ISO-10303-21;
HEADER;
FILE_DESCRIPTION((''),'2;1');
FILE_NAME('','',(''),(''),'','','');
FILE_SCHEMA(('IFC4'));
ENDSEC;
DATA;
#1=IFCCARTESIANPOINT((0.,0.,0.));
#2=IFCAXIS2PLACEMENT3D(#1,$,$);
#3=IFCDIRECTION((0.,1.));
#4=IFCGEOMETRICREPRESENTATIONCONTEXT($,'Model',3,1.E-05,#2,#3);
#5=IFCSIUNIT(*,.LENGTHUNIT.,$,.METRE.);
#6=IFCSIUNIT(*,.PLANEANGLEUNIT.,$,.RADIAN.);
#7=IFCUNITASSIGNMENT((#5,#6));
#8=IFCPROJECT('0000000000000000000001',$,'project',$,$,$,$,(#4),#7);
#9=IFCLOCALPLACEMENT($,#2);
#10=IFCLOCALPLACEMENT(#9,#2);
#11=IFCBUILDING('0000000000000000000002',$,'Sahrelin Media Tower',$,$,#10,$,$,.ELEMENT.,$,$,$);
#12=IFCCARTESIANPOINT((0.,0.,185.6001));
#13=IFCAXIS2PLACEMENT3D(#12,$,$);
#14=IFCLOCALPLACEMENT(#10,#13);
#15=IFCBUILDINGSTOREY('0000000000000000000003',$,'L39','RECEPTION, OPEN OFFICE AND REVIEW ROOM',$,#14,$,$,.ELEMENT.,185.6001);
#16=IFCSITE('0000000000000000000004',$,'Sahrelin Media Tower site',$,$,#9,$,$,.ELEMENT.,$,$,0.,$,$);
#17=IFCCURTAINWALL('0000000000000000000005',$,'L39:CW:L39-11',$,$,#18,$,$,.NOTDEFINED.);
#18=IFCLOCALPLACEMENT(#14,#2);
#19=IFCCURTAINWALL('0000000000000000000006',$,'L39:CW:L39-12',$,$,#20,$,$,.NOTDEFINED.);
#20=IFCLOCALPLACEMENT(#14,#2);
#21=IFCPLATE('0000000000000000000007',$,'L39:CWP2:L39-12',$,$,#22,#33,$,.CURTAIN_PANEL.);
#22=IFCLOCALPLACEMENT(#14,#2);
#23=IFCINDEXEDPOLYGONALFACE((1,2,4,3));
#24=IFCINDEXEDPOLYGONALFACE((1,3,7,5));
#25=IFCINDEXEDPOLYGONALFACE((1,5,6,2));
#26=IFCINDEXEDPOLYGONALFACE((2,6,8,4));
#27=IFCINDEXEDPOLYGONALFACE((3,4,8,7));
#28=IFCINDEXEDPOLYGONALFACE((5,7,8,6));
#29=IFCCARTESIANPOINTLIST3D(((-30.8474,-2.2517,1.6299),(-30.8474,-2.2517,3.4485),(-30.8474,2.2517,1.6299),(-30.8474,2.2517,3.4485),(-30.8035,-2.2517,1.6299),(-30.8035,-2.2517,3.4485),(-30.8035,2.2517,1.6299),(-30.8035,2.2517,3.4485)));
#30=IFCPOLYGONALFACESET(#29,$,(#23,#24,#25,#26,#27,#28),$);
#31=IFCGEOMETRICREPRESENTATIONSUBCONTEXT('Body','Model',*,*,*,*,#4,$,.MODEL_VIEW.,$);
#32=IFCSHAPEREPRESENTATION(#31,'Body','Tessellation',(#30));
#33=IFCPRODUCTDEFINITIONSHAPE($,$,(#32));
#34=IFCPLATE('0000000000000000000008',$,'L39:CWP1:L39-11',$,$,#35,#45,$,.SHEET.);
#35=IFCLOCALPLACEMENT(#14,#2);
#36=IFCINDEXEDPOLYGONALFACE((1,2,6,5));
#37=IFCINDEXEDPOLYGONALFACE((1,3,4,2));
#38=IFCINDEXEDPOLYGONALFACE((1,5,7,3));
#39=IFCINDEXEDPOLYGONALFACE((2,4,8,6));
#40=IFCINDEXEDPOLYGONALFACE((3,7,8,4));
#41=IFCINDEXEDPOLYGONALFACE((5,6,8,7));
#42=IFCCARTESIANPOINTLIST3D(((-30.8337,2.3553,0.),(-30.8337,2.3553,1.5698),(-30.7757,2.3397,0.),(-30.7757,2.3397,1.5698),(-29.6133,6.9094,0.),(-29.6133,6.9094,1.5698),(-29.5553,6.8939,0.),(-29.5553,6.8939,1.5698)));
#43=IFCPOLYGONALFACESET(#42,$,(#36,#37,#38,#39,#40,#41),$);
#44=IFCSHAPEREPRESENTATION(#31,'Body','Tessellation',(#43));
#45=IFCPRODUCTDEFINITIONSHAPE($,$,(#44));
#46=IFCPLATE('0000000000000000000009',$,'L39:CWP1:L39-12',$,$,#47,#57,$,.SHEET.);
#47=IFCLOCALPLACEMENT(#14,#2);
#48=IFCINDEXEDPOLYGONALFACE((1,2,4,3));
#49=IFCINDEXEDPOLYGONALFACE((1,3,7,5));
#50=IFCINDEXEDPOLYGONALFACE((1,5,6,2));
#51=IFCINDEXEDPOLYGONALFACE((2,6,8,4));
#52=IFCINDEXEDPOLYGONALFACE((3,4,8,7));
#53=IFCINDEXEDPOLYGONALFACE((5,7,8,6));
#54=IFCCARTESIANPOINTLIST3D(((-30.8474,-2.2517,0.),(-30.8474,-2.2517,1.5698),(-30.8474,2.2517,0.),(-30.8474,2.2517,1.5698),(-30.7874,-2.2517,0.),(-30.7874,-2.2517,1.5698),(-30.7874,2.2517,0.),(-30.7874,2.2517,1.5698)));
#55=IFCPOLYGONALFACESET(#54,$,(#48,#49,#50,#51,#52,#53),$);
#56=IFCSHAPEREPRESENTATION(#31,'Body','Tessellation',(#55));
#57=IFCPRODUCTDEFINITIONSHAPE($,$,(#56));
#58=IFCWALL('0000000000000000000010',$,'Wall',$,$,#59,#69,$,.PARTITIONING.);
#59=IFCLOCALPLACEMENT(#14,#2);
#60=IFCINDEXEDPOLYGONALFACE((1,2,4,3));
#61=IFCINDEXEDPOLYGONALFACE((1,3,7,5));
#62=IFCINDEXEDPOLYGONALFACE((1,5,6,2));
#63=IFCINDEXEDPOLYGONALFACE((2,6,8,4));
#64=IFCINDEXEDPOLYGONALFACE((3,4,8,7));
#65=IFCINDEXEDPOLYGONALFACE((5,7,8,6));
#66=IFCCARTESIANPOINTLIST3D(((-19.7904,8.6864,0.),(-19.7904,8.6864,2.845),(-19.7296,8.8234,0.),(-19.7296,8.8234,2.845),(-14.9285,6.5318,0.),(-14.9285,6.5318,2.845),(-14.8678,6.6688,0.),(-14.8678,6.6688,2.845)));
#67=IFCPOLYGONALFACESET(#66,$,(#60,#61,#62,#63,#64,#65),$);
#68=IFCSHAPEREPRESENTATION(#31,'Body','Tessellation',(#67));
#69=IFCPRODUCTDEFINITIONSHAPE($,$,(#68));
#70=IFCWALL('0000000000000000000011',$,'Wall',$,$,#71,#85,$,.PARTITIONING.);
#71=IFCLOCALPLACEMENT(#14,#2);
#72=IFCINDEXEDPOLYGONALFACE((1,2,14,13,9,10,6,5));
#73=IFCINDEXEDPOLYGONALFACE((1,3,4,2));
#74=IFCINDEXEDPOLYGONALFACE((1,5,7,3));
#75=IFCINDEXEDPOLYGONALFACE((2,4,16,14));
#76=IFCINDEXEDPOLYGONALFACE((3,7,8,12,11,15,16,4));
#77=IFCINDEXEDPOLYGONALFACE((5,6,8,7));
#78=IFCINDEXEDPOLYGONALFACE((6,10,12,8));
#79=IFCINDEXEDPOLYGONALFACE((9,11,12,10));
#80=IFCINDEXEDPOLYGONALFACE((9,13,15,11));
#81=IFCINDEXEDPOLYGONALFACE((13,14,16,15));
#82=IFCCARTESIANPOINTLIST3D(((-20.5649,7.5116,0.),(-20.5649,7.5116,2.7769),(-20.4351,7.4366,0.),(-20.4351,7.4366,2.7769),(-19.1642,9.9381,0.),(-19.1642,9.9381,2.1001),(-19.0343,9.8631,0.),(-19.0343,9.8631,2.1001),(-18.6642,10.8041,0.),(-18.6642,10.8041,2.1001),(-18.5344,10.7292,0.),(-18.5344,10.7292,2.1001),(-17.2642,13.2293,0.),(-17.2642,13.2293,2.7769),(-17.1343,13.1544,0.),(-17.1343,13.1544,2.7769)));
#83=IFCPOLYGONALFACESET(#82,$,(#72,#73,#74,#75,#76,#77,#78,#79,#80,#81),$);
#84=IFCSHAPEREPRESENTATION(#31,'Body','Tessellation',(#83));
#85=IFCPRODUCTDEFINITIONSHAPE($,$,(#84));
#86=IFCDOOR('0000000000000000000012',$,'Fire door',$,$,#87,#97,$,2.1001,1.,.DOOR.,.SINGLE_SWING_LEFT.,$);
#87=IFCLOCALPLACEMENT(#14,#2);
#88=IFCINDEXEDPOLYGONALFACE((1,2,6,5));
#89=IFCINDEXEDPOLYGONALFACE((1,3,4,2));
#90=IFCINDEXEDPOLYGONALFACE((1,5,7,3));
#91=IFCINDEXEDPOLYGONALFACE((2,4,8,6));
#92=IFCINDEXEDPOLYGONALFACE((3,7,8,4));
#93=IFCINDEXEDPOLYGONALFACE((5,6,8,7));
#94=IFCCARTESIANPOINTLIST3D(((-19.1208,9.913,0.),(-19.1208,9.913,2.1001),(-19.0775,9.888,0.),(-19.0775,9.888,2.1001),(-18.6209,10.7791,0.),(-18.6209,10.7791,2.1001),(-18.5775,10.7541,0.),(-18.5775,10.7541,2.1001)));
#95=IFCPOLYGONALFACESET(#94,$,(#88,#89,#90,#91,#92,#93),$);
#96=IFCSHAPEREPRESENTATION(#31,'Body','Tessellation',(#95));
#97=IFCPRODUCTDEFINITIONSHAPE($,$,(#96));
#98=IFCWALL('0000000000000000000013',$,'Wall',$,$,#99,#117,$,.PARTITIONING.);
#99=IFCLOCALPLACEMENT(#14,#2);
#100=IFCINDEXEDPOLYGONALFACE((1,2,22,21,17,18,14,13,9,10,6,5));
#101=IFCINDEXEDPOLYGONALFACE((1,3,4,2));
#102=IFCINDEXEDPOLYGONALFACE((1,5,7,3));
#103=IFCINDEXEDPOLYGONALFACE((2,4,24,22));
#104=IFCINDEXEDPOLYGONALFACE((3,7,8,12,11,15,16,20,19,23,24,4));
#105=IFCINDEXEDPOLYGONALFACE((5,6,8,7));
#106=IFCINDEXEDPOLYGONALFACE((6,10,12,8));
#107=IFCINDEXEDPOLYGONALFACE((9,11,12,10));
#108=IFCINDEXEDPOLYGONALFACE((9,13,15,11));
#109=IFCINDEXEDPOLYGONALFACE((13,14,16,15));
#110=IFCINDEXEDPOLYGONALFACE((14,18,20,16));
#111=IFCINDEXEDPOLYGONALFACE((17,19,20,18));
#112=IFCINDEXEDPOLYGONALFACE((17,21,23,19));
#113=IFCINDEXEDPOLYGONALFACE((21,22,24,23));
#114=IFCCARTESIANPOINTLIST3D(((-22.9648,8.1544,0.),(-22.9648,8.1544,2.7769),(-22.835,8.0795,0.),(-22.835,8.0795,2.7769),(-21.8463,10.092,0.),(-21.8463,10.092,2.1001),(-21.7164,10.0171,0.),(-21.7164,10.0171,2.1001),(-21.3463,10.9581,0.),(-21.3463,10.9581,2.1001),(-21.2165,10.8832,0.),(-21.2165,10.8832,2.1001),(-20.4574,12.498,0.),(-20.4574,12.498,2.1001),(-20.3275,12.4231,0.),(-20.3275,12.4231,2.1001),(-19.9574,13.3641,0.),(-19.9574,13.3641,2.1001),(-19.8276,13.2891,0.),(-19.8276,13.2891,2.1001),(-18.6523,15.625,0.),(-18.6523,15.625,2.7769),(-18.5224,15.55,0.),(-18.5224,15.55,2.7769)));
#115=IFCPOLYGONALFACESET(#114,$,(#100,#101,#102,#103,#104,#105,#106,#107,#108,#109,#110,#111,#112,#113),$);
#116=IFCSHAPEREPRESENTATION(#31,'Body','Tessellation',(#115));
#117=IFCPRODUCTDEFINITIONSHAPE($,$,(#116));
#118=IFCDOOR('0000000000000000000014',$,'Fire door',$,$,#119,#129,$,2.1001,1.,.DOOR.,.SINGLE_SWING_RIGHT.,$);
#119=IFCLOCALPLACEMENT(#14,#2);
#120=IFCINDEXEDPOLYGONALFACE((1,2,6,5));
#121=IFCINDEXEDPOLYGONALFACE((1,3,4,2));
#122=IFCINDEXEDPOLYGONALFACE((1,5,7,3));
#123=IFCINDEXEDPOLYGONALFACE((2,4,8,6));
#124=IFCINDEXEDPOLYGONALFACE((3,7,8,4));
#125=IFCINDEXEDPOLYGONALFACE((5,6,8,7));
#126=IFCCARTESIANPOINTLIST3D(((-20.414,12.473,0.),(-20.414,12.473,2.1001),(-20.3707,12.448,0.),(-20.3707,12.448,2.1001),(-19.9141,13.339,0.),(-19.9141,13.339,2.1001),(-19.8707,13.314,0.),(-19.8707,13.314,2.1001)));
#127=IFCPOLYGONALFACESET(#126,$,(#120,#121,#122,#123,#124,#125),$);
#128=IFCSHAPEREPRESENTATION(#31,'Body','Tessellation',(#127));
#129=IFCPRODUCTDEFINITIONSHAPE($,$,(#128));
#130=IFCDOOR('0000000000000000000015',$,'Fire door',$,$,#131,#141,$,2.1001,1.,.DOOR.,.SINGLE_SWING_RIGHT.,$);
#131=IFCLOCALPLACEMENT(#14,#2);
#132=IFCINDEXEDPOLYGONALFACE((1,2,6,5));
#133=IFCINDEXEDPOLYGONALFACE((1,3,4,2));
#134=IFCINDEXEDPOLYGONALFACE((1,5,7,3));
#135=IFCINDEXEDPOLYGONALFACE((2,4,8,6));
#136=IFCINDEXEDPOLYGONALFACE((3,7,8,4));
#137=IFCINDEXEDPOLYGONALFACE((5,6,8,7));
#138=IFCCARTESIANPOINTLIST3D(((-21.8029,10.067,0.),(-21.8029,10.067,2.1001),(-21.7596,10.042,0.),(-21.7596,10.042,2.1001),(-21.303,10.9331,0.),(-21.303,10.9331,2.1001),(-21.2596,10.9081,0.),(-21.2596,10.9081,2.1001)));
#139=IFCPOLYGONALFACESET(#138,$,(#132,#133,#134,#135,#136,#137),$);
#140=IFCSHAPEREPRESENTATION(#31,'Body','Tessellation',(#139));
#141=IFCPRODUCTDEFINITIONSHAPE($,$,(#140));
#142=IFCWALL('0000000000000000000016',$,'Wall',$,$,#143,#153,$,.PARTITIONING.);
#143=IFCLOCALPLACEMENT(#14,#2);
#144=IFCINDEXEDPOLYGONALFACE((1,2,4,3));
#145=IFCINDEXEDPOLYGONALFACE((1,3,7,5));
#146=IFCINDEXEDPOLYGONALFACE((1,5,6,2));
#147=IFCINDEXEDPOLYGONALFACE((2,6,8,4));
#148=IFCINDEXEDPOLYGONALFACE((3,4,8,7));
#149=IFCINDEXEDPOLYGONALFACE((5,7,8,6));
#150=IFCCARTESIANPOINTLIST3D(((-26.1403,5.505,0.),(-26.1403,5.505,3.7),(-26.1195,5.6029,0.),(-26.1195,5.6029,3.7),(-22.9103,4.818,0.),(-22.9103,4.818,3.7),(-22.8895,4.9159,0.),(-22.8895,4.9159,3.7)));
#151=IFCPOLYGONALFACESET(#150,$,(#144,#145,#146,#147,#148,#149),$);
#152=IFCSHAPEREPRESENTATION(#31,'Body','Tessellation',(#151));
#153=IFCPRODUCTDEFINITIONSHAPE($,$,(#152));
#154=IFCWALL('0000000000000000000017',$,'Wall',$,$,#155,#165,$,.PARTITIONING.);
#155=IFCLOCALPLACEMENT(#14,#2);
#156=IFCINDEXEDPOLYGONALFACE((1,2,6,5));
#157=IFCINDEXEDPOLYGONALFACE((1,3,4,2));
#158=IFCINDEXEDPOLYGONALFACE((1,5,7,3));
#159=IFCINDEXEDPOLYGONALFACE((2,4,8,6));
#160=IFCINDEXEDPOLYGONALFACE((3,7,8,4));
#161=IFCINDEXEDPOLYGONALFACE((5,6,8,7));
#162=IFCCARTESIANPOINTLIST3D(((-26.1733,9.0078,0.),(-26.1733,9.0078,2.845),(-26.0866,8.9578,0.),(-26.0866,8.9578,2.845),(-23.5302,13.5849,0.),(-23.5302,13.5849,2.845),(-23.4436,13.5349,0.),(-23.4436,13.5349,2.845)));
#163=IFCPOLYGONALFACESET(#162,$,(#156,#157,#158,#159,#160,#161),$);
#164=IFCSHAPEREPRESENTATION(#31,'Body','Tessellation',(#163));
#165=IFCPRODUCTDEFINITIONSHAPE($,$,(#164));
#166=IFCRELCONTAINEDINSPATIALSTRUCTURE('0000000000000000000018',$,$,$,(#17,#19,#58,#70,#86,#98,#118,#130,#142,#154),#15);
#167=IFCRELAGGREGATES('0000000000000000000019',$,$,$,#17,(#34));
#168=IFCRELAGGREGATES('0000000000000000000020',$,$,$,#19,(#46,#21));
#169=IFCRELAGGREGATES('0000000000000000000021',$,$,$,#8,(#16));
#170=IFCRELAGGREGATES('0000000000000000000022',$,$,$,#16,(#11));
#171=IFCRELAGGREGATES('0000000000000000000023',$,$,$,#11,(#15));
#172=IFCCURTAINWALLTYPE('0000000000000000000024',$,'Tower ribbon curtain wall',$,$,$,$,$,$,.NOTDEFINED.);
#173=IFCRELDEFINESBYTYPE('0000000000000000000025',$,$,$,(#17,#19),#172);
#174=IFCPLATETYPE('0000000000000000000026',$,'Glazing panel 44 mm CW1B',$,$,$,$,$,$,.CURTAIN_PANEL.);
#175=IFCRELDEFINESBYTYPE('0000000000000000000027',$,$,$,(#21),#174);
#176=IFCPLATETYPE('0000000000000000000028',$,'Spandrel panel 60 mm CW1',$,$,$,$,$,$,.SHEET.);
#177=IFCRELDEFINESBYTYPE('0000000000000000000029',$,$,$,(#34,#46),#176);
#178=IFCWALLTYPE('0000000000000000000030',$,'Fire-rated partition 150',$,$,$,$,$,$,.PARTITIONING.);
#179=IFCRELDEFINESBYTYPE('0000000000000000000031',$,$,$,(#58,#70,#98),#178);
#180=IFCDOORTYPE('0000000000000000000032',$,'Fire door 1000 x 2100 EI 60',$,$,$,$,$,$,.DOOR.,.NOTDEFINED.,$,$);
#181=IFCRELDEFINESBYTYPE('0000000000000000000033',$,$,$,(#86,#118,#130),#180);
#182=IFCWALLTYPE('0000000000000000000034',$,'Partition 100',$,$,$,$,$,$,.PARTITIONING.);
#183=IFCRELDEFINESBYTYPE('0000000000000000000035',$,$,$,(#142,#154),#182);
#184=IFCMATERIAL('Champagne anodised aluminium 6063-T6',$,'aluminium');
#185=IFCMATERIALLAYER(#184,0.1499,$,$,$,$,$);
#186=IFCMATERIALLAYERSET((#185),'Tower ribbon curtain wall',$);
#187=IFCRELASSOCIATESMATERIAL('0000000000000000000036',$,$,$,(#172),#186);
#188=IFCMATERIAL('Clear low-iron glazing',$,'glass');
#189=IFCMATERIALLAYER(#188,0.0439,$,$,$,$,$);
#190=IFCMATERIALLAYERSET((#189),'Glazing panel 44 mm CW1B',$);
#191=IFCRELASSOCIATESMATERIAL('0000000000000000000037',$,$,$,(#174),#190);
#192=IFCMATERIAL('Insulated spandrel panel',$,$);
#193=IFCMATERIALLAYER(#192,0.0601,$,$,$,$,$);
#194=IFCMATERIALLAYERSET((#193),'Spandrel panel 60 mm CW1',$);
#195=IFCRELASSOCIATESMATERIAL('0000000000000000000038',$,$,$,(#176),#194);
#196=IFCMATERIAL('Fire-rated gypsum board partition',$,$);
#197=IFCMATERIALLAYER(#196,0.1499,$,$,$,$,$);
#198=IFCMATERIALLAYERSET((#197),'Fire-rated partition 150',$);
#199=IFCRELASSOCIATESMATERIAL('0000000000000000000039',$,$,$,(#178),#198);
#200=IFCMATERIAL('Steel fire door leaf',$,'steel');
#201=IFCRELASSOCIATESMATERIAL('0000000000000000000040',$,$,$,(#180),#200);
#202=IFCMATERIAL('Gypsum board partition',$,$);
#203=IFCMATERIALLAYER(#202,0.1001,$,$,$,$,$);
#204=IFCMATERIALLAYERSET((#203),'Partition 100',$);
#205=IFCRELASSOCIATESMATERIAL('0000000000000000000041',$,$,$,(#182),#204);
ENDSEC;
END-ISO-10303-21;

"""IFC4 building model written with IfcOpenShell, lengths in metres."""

from ifc_helpers import new_model, si_unit, direction, frame, frame_2d, origin, place, context, subcontext, project, spatial, polyline, rectangle, outline, extrude, material, layer, layer_set, type_object, element, fill, aggregate, save


model = new_model("IFC4")

# Units and contexts
model_context = context("Model", 3, precision=1e-05, world=origin(), true_north=direction((0.0, 1.0)))
body_context = subcontext(model_context, "Body", "Model", "MODEL_VIEW")
ifc_project = project(units=[si_unit("LENGTHUNIT", "METRE"), si_unit("PLANEANGLEUNIT", "RADIAN")], contexts=[model_context])

# Site, building, storey
site_placement = place(None, origin())
site = spatial("IfcSite", under=ifc_project, at=site_placement, Name="Sahrelin Media Tower site", CompositionType="ELEMENT", RefElevation=0.0)
building_placement = place(site_placement, origin())
building = spatial("IfcBuilding", under=site, at=building_placement, Name="Sahrelin Media Tower", CompositionType="ELEMENT")
storey_placement = place(building_placement, frame((0.0, 0.0, 185.6001)))
storey = spatial("IfcBuildingStorey", under=building, at=storey_placement, Name="L39", Description="RECEPTION, OPEN OFFICE AND REVIEW ROOM", CompositionType="ELEMENT", Elevation=185.6001)

# Curtain wall
ifc_material_1 = material(Name="Champagne anodised aluminium 6063-T6", Category="aluminium")
ifc_layer_1 = layer(ifc_material_1, 0.1499)
ifc_layer_set_1 = layer_set([ifc_layer_1], Name="Tower ribbon curtain wall")
curtain_wall_type = type_object("IfcCurtainWallType", Name="Tower ribbon curtain wall", PredefinedType="NOTDEFINED", material=ifc_layer_set_1)
curtain_wall_1_placement = place(storey_placement, frame((-30.2041, 4.6272, 0.0), z_axis=(0.0, 0.0, 1.0), x_axis=(1.0, 0.0, 0.0)))
curtain_wall_1 = element("IfcCurtainWall", 1, at=curtain_wall_1_placement, inside=storey, type_object=curtain_wall_type, Name="L39:CW:L39-11", PredefinedType="NOTDEFINED")

# Curtain wall
curtain_wall_2_placement = place(storey_placement, frame((-30.8274, 0.0, 0.0), z_axis=(0.0, 0.0, 1.0), x_axis=(1.0, 0.0, 0.0)))
curtain_wall_2 = element("IfcCurtainWall", 2, at=curtain_wall_2_placement, inside=storey, type_object=curtain_wall_type, Name="L39:CW:L39-12", PredefinedType="NOTDEFINED")

# Plates
ifc_material_2 = material(Name="Clear low-iron glazing", Category="glass")
ifc_layer_2 = layer(ifc_material_2, 0.0439)
ifc_layer_set_2 = layer_set([ifc_layer_2], Name="Glazing panel 44 mm CW1B")
plate_type_1 = type_object("IfcPlateType", Name="Glazing panel 44 mm CW1B", PredefinedType="CURTAIN_PANEL", material=ifc_layer_set_2)
plate_1_placement = place(storey_placement, frame((-30.8474, 2.2517, 1.6299), z_axis=(-1.0, 0.0, 0.0), x_axis=(0.0, -1.0, 0.0)))
plate_1 = element("IfcPlate", 3, at=plate_1_placement, type_object=plate_type_1, Name="L39:CWP2:L39-12", PredefinedType="CURTAIN_PANEL", context=body_context, shape_type="SweptSolid", body=[
    extrude(outline(polyline([(0.0, 0.0), (4.5034, 0.0), (4.5034, 1.8186), (0.0, 1.8186), (0.0, 0.0)])), origin(), (0.0, 0.0, -1.0), 0.0439),
])
ifc_material_3 = material(Name="Insulated spandrel panel")
ifc_layer_3 = layer(ifc_material_3, 0.0601)
ifc_layer_set_3 = layer_set([ifc_layer_3], Name="Spandrel panel 60 mm CW1")
plate_type_2 = type_object("IfcPlateType", Name="Spandrel panel 60 mm CW1", PredefinedType="SHEET", material=ifc_layer_set_3)
plate_2_placement = place(storey_placement, frame((-29.6133, 6.9094, 0.0), z_axis=(-0.965917, 0.258852, 0.0), x_axis=(-0.258852, -0.965917, 0.0)))
plate_2 = element("IfcPlate", 4, at=plate_2_placement, type_object=plate_type_2, Name="L39:CWP1:L39-11", PredefinedType="SHEET", context=body_context, shape_type="SweptSolid", body=[
    extrude(outline(polyline([(0.0, 0.0), (4.7148, 0.0), (4.7148, 1.5698), (0.0, 1.5698), (0.0, 0.0)])), origin(), (0.0, 0.0, -1.0), 0.0601),
])
aggregate(curtain_wall_1, [plate_2])
plate_3_placement = place(storey_placement, frame((-30.8474, 2.2517, 0.0), z_axis=(-1.0, 0.0, 0.0), x_axis=(0.0, -1.0, 0.0)))
plate_3 = element("IfcPlate", 5, at=plate_3_placement, type_object=plate_type_2, Name="L39:CWP1:L39-12", PredefinedType="SHEET", context=body_context, shape_type="SweptSolid", body=[
    extrude(outline(polyline([(0.0, 0.0), (4.5034, 0.0), (4.5034, 1.5698), (0.0, 1.5698), (0.0, 0.0)])), origin(), (0.0, 0.0, -1.0), 0.0601),
])
aggregate(curtain_wall_2, [plate_3, plate_1])

# Wall
ifc_material_4 = material(Name="Fire-rated gypsum board partition")
ifc_layer_4 = layer(ifc_material_4, 0.1499)
ifc_layer_set_4 = layer_set([ifc_layer_4], Name="Fire-rated partition 150")
wall_type_1 = type_object("IfcWallType", Name="Fire-rated partition 150", PredefinedType="PARTITIONING", material=ifc_layer_set_4)
wall_1_placement = place(storey_placement, frame((-19.76, 8.7549, 0.0), z_axis=(0.0, 0.0, 1.0), x_axis=(0.914248, -0.405154, 0.0)))
element("IfcWall", 6, at=wall_1_placement, inside=storey, type_object=wall_type_1, Name="Wall", PredefinedType="PARTITIONING", context=body_context, shape_type="SweptSolid", body=[
    extrude(rectangle(XDim=5.3179, YDim=0.1499, at=frame_2d((2.6589, 0.0))), origin(), (0.0, 0.0, 1.0), 2.845),
])

# Wall, opening, door
wall_2_placement = place(storey_placement, frame((-20.5, 7.4741, 0.0), z_axis=(0.0, 0.0, 1.0), x_axis=(0.499957, 0.86605, 0.0)))
wall_2 = element("IfcWall", 7, at=wall_2_placement, inside=storey, type_object=wall_type_1, Name="Wall", PredefinedType="PARTITIONING", context=body_context, shape_type="SweptSolid", body=[
    extrude(rectangle(XDim=6.6021, YDim=0.1499, at=frame_2d((3.301, 0.0))), origin(), (0.0, 0.0, 1.0), 2.7769),
])
opening_1_placement = place(wall_2_placement, frame((2.8018, 0.0, 0.0)))
opening_1 = element("IfcOpeningElement", 8, at=opening_1_placement, cuts=wall_2, PredefinedType="OPENING", context=body_context, shape_type="SweptSolid", body=[
    extrude(rectangle(XDim=1.0, YDim=2.1001, at=frame_2d((0.5, 1.05))), frame((0.0, 0.075, 0.0), z_axis=(0.0, -1.0, 0.0), x_axis=(1.0, 0.0, 0.0)), (0.0, 0.0, 1.0), 0.1499),
])
ifc_material_5 = material(Name="Steel fire door leaf", Category="steel")
door_type = type_object("IfcDoorType", Name="Fire door 1000 x 2100 EI 60", OperationType="NOTDEFINED", PredefinedType="DOOR", material=ifc_material_5)
door_1_placement = place(opening_1_placement, origin())
door_1 = element("IfcDoor", 9, at=door_1_placement, inside=storey, type_object=door_type, Name="Fire door", OperationType="SINGLE_SWING_LEFT", OverallHeight=2.1001, OverallWidth=1.0, PredefinedType="DOOR", context=body_context, shape_type="SweptSolid", body=[
    extrude(rectangle(XDim=1.0, YDim=2.1001, at=frame_2d((0.5, 1.05))), frame((0.0, 0.0249, 0.0), z_axis=(0.0, -1.0, 0.0), x_axis=(1.0, 0.0, 0.0)), (0.0, 0.0, 1.0), 0.05),
])
fill(opening_1, door_1)

# Wall, openings, doors
wall_3_placement = place(storey_placement, frame((-22.8999, 8.1169, 0.0), z_axis=(0.0, 0.0, 1.0), x_axis=(0.49995, 0.866054, 0.0)))
wall_3 = element("IfcWall", 10, at=wall_3_placement, inside=storey, type_object=wall_type_1, Name="Wall", PredefinedType="PARTITIONING", context=body_context, shape_type="SweptSolid", body=[
    extrude(rectangle(XDim=8.626, YDim=0.1499, at=frame_2d((4.313, 0.0))), origin(), (0.0, 0.0, 1.0), 2.7769),
])
opening_2_placement = place(wall_3_placement, frame((5.0154, 0.0, 0.0)))
opening_2 = element("IfcOpeningElement", 11, at=opening_2_placement, cuts=wall_3, PredefinedType="OPENING", context=body_context, shape_type="SweptSolid", body=[
    extrude(rectangle(XDim=1.0, YDim=2.1001, at=frame_2d((0.5, 1.05))), frame((0.0, 0.075, 0.0), z_axis=(0.0, -1.0, 0.0), x_axis=(1.0, 0.0, 0.0)), (0.0, 0.0, 1.0), 0.1499),
])
opening_3_placement = place(wall_3_placement, frame((2.2373, 0.0, 0.0)))
opening_3 = element("IfcOpeningElement", 12, at=opening_3_placement, cuts=wall_3, PredefinedType="OPENING", context=body_context, shape_type="SweptSolid", body=[
    extrude(rectangle(XDim=1.0, YDim=2.1001, at=frame_2d((0.5, 1.05))), frame((0.0, 0.075, 0.0), z_axis=(0.0, -1.0, 0.0), x_axis=(1.0, 0.0, 0.0)), (0.0, 0.0, 1.0), 0.1499),
])
door_2_placement = place(opening_2_placement, origin())
door_2 = element("IfcDoor", 13, at=door_2_placement, inside=storey, type_object=door_type, Name="Fire door", OperationType="SINGLE_SWING_RIGHT", OverallHeight=2.1001, OverallWidth=1.0, PredefinedType="DOOR", context=body_context, shape_type="SweptSolid", body=[
    extrude(rectangle(XDim=1.0, YDim=2.1001, at=frame_2d((0.5, 1.05))), frame((0.0, 0.0249, 0.0), z_axis=(0.0, -1.0, 0.0), x_axis=(1.0, 0.0, 0.0)), (0.0, 0.0, 1.0), 0.05),
])
fill(opening_2, door_2)
door_3_placement = place(opening_3_placement, origin())
door_3 = element("IfcDoor", 14, at=door_3_placement, inside=storey, type_object=door_type, Name="Fire door", OperationType="SINGLE_SWING_RIGHT", OverallHeight=2.1001, OverallWidth=1.0, PredefinedType="DOOR", context=body_context, shape_type="SweptSolid", body=[
    extrude(rectangle(XDim=1.0, YDim=2.1001, at=frame_2d((0.5, 1.05))), frame((0.0, 0.0249, 0.0), z_axis=(0.0, -1.0, 0.0), x_axis=(1.0, 0.0, 0.0)), (0.0, 0.0, 1.0), 0.05),
])
fill(opening_3, door_3)

# Walls
ifc_material_6 = material(Name="Gypsum board partition")
ifc_layer_5 = layer(ifc_material_6, 0.1001)
ifc_layer_set_5 = layer_set([ifc_layer_5], Name="Partition 100")
wall_type_2 = type_object("IfcWallType", Name="Partition 100", PredefinedType="PARTITIONING", material=ifc_layer_set_5)
wall_4_placement = place(storey_placement, frame((-26.1299, 5.554, 0.0), z_axis=(0.0, 0.0, 1.0), x_axis=(0.978119, -0.208044, 0.0)))
element("IfcWall", 15, at=wall_4_placement, inside=storey, type_object=wall_type_2, Name="Wall", PredefinedType="PARTITIONING", context=body_context, shape_type="SweptSolid", body=[
    extrude(rectangle(XDim=3.3022, YDim=0.1001, at=frame_2d((1.6511, 0.0))), origin(), (0.0, 0.0, 1.0), 3.7),
])
wall_5_placement = place(storey_placement, frame((-26.1299, 8.9829, 0.0), z_axis=(0.0, 0.0, 1.0), x_axis=(0.500064, 0.865989, 0.0)))
element("IfcWall", 16, at=wall_5_placement, inside=storey, type_object=wall_type_2, Name="Wall", PredefinedType="PARTITIONING", context=body_context, shape_type="SweptSolid", body=[
    extrude(rectangle(XDim=5.2854, YDim=0.1001, at=frame_2d((2.6426, 0.0))), origin(), (0.0, 0.0, 1.0), 2.845),
])

save(model, "model.ifc")
